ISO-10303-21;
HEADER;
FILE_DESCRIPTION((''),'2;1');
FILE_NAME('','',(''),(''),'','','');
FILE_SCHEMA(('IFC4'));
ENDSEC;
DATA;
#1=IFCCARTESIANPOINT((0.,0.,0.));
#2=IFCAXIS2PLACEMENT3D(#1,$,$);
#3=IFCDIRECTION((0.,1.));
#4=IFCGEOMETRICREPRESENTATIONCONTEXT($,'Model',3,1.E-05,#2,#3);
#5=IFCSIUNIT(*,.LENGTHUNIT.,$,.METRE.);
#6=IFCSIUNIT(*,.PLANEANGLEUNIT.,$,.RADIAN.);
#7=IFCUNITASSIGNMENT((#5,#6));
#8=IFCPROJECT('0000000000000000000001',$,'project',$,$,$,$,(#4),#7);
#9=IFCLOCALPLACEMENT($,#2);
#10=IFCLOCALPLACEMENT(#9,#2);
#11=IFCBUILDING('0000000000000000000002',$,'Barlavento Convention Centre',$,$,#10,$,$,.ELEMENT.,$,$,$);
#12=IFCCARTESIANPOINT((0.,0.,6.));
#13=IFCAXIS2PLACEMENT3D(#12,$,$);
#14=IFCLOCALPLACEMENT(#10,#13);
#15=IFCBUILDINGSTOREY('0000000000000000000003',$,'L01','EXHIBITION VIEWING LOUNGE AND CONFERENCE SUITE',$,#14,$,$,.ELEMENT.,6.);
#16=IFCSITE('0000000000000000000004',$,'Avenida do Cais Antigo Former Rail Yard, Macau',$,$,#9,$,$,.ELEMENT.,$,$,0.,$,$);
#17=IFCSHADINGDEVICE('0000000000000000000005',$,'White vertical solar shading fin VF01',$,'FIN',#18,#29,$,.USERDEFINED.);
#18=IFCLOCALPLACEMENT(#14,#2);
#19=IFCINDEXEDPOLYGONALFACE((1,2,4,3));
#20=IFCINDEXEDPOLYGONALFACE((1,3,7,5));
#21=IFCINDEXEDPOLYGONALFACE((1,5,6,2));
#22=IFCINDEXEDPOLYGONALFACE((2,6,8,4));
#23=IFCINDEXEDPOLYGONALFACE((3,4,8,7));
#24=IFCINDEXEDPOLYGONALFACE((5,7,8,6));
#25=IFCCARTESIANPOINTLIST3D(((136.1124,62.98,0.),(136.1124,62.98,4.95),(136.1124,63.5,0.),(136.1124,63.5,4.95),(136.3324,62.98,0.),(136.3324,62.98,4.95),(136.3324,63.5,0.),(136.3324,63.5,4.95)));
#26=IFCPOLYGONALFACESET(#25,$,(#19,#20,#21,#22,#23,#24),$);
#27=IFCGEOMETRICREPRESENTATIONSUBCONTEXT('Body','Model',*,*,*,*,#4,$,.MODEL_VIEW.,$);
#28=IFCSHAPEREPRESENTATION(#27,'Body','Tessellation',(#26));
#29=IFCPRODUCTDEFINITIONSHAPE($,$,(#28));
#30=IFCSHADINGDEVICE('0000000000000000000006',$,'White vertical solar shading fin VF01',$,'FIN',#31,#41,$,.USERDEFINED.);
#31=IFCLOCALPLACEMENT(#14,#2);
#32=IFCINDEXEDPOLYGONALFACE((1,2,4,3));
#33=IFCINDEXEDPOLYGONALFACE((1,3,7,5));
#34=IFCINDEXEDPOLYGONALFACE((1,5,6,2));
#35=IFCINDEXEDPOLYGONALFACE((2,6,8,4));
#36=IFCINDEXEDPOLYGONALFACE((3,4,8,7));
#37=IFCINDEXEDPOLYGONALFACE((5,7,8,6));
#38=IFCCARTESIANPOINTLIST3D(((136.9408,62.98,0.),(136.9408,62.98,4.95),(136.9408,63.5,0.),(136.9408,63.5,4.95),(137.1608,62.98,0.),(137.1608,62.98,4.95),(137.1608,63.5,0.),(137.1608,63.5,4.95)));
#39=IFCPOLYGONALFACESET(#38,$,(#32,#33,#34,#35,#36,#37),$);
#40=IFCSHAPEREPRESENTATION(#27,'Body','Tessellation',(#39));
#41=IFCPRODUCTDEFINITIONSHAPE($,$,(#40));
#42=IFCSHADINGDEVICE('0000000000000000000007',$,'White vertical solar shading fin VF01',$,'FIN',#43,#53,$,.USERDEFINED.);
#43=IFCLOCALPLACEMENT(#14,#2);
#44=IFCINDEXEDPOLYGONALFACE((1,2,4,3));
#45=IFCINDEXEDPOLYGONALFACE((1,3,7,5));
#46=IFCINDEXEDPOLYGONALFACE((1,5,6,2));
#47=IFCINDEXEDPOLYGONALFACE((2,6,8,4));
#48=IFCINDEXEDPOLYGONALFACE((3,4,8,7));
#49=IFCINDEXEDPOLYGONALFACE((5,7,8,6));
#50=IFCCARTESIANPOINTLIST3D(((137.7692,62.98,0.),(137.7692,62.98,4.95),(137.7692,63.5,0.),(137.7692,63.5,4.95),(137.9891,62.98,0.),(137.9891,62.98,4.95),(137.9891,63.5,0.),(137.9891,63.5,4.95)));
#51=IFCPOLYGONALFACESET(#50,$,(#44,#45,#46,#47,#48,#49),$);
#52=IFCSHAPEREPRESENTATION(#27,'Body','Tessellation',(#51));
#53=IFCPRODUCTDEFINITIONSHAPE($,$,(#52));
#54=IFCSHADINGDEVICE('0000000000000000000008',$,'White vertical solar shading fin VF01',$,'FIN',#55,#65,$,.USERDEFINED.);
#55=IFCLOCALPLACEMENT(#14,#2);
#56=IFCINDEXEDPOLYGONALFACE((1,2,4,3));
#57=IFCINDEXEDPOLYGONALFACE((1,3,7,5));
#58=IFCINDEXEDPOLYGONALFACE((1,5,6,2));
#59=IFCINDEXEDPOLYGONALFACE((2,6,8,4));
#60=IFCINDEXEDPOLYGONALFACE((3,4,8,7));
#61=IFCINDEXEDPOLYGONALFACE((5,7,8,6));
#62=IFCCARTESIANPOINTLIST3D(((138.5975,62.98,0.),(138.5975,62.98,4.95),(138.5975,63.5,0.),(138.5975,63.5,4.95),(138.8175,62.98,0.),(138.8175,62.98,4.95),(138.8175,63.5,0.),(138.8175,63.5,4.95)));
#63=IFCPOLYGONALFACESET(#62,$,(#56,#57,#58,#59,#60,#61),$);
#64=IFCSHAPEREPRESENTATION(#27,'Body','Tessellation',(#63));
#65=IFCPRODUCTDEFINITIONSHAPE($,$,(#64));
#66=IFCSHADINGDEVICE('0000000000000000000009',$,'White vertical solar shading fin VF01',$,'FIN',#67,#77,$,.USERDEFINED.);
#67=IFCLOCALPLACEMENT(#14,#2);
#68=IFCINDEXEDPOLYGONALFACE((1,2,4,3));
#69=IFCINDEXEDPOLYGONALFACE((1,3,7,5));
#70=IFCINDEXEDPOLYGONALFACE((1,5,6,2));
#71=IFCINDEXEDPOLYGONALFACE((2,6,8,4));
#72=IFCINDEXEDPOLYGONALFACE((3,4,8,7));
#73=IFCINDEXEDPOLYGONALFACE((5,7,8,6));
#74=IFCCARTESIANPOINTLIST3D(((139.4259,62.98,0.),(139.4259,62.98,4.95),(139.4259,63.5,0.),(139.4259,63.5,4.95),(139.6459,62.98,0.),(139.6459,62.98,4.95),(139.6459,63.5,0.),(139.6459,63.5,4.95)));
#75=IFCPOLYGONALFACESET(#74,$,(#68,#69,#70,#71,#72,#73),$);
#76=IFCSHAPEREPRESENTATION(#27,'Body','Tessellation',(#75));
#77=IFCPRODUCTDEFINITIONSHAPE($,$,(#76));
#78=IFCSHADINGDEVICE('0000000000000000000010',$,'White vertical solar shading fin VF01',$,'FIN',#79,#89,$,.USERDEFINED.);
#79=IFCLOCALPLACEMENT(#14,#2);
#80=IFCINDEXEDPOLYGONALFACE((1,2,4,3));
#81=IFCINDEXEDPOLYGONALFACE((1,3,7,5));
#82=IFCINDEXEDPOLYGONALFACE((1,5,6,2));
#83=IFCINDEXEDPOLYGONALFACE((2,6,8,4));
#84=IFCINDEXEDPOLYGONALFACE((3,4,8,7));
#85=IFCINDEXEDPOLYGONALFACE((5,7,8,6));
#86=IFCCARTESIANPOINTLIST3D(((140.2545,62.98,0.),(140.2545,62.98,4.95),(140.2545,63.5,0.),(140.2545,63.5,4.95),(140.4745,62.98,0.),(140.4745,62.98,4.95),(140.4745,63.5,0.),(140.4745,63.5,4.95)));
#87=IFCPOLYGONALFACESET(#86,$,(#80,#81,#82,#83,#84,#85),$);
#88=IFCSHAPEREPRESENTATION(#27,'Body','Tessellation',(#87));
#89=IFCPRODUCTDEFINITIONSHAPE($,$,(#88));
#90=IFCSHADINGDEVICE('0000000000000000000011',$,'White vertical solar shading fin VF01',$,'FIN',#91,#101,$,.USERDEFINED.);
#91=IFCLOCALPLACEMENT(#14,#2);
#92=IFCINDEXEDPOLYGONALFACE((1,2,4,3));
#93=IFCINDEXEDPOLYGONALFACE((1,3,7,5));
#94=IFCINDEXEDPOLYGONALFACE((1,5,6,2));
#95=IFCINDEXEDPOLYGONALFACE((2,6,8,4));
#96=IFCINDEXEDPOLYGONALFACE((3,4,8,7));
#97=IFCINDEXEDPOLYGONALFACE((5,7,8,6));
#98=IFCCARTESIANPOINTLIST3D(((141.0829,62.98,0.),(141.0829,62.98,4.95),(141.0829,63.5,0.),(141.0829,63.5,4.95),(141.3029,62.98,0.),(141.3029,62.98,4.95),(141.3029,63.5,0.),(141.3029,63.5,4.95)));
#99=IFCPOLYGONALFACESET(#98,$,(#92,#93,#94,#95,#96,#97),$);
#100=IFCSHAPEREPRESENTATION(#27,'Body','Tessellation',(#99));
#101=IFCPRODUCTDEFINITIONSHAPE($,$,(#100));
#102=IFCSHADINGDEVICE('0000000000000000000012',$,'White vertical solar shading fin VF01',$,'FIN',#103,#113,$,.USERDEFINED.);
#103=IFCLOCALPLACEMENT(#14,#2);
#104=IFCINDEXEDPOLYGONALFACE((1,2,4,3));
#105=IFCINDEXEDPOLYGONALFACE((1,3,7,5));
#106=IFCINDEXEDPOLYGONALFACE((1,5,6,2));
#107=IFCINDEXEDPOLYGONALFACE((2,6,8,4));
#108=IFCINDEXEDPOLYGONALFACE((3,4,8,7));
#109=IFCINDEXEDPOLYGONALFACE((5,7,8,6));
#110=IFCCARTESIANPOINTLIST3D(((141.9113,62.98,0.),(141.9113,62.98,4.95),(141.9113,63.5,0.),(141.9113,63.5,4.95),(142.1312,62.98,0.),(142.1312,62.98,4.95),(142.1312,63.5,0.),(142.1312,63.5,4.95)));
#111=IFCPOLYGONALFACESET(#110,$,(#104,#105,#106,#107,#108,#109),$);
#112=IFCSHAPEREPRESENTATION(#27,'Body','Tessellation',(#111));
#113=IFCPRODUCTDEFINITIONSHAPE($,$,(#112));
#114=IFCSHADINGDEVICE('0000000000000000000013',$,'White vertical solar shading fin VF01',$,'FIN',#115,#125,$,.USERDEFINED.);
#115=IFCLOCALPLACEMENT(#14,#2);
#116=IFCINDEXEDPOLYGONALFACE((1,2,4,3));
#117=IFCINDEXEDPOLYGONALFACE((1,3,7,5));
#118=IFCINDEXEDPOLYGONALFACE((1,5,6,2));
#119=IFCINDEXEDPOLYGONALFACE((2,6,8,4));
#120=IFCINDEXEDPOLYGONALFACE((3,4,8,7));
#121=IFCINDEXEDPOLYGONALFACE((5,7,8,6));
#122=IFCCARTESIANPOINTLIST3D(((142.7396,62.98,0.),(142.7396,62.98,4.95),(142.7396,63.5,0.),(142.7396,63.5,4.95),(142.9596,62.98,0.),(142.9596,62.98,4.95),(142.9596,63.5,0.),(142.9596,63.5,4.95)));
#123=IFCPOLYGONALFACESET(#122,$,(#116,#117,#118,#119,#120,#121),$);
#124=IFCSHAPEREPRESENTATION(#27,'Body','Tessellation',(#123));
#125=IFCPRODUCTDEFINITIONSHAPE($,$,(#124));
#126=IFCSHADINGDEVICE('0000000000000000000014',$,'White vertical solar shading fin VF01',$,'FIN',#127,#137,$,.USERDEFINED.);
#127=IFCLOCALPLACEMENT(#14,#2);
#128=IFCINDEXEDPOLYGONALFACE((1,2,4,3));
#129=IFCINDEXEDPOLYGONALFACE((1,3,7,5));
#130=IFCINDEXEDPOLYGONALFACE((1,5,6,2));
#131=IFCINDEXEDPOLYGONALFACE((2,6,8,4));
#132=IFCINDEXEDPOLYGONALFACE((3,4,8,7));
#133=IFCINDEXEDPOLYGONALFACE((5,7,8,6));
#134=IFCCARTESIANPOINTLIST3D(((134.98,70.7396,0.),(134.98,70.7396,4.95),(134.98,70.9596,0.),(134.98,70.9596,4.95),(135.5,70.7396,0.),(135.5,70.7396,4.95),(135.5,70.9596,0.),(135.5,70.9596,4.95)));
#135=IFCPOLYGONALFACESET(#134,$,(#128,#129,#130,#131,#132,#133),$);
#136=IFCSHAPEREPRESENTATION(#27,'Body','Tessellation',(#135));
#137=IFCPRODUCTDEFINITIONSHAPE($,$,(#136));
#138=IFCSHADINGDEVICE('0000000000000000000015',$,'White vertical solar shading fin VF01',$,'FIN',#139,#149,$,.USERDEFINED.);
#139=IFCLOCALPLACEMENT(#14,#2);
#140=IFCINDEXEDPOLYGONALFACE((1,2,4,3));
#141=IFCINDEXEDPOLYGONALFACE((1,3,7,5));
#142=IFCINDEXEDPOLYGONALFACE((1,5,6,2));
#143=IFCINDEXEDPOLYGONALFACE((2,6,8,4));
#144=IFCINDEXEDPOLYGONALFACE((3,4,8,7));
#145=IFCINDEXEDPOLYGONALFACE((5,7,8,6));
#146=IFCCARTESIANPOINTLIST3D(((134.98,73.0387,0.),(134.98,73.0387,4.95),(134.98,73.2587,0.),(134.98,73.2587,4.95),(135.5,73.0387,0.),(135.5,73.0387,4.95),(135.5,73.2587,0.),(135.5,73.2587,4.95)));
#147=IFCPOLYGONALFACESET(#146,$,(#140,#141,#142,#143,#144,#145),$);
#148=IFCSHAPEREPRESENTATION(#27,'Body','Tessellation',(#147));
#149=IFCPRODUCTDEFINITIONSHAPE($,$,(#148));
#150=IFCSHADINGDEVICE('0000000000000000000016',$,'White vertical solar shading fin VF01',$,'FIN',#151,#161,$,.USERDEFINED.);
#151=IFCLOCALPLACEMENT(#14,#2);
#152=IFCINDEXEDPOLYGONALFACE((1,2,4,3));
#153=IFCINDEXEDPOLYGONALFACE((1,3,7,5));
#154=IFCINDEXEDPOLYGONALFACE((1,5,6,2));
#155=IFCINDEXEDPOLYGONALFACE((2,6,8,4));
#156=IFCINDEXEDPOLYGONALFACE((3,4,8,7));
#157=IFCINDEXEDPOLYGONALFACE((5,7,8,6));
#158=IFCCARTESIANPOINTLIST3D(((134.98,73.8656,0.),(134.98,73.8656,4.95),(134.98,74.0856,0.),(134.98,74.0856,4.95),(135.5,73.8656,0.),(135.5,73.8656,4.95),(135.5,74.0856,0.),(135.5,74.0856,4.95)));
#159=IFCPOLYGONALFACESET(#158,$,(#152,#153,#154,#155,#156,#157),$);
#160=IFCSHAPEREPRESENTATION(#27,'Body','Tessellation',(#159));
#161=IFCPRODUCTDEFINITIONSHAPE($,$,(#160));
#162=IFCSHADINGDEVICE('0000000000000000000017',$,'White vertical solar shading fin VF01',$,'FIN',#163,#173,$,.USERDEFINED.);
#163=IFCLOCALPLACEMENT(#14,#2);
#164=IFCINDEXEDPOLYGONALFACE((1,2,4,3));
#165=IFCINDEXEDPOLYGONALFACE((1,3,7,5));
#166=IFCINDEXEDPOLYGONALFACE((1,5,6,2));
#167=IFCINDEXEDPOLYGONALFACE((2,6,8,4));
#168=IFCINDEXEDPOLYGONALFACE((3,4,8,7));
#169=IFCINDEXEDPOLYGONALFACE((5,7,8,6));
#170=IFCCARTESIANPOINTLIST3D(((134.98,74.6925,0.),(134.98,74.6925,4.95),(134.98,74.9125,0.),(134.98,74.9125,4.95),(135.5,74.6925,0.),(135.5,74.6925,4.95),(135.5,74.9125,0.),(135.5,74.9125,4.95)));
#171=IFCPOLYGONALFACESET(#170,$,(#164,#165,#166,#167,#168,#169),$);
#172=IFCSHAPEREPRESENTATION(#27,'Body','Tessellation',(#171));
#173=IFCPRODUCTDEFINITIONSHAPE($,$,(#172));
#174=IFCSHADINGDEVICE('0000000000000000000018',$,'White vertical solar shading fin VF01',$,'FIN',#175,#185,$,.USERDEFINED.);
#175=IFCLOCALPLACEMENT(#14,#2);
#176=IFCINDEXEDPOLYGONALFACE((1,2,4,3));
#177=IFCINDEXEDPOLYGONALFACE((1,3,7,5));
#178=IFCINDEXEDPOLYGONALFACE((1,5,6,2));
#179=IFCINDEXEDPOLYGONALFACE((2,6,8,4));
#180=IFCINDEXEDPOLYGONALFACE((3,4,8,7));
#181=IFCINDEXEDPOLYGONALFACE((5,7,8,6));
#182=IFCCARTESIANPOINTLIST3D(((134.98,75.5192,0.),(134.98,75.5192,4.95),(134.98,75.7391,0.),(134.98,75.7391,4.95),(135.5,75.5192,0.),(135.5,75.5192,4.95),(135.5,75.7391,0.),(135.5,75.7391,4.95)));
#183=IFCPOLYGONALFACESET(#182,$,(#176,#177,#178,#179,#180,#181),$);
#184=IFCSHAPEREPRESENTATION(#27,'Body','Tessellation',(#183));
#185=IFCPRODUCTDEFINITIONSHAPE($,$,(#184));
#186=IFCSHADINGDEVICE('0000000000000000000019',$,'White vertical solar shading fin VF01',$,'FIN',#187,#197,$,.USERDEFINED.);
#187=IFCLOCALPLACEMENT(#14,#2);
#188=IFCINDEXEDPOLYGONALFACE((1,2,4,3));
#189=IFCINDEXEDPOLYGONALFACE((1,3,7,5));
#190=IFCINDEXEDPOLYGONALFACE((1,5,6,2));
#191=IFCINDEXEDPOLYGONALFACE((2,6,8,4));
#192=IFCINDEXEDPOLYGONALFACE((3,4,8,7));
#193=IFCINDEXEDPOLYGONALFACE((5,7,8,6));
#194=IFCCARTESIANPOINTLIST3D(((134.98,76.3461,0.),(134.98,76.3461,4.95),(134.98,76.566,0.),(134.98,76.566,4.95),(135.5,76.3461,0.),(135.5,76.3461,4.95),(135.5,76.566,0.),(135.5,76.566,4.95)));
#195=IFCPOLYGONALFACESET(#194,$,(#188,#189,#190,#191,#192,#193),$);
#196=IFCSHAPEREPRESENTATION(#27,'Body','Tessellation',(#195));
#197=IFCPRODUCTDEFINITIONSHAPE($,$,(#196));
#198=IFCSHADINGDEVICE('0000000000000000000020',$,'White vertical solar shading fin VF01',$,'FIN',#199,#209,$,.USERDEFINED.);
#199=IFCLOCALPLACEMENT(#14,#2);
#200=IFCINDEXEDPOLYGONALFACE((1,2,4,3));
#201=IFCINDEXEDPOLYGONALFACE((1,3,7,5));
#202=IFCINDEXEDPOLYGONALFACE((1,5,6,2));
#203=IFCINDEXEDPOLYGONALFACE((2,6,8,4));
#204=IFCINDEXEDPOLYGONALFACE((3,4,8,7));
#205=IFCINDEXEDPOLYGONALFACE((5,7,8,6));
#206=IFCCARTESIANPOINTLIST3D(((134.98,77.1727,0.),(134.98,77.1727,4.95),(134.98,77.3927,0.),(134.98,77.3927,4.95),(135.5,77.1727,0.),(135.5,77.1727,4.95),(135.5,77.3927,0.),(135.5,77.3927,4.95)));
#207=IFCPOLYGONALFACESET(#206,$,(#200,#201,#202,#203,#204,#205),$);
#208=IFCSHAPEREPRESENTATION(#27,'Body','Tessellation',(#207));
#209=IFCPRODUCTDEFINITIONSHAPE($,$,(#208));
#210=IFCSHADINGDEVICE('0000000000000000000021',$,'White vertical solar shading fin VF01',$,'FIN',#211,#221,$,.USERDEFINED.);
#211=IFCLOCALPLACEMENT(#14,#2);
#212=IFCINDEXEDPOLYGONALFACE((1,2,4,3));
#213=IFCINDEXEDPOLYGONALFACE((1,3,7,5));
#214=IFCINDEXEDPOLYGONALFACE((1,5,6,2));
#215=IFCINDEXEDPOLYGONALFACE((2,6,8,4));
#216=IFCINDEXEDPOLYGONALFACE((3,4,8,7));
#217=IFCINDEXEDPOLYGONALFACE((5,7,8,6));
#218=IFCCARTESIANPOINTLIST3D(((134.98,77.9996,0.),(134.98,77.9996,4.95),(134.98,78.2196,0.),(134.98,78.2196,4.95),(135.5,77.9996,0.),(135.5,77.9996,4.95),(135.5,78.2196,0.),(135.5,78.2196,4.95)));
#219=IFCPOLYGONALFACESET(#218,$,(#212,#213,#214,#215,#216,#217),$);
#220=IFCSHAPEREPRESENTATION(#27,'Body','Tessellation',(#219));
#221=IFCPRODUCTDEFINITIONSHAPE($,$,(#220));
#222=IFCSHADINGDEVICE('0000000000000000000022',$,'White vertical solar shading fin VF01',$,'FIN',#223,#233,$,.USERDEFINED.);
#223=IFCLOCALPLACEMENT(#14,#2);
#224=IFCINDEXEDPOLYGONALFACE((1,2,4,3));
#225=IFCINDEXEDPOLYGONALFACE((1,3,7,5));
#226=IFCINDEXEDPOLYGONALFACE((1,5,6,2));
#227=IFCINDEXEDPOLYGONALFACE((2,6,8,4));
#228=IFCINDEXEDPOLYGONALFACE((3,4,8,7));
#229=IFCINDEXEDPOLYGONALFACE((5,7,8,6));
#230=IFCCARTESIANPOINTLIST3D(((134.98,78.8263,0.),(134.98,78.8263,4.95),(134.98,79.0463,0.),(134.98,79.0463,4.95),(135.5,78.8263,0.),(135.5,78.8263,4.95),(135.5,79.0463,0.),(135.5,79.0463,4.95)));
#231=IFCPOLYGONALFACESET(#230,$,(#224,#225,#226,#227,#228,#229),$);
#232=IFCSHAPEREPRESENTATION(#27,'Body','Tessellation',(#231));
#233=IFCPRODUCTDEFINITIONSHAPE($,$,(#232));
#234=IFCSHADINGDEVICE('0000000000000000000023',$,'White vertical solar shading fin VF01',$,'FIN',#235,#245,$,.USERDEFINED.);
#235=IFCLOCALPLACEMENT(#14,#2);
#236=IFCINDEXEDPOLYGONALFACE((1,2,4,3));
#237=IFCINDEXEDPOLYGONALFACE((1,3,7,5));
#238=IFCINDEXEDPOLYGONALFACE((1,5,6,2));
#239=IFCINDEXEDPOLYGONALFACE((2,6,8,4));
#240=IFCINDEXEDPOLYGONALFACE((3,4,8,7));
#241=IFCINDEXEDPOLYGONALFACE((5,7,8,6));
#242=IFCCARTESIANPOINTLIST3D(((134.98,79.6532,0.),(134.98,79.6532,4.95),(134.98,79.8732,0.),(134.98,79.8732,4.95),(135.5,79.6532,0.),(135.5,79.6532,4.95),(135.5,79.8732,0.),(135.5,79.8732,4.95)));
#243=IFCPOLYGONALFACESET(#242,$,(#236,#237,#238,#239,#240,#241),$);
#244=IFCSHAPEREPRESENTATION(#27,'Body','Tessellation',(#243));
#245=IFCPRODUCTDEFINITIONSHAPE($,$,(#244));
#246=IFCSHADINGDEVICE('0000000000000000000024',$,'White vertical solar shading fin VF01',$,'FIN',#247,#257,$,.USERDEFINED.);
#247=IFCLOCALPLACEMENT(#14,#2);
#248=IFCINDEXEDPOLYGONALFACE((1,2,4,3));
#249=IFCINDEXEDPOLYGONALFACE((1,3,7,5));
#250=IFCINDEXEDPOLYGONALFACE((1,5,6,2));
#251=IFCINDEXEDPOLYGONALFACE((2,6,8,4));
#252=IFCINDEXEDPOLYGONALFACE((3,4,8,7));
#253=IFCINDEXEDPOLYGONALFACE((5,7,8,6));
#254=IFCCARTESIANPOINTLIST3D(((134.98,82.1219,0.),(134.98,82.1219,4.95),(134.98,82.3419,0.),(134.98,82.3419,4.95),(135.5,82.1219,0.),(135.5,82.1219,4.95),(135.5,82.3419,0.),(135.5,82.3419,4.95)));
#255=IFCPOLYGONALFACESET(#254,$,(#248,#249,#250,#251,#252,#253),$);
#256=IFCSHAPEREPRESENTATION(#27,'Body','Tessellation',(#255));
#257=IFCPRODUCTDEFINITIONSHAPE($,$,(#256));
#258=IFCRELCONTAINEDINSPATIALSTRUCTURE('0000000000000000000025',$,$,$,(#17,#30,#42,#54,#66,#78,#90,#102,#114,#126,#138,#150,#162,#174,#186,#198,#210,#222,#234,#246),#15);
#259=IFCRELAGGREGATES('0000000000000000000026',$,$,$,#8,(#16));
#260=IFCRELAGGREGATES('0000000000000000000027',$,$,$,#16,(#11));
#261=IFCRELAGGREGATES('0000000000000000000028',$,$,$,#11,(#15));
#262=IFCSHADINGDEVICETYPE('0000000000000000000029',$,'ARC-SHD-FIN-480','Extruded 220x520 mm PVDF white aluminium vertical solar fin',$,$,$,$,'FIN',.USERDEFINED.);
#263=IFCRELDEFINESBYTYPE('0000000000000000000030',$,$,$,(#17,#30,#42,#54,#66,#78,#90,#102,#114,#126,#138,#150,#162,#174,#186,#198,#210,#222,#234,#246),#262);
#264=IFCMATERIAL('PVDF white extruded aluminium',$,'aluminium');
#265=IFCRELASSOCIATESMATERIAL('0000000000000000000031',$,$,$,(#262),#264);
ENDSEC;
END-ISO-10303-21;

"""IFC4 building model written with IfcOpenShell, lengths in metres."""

from ifc_helpers import new_model, si_unit, direction, frame, origin, origin_2d, place, context, subcontext, project, spatial, rectangle, extrude, material, type_object, element, save


model = new_model("IFC4")

# Units and contexts
model_context = context("Model", 3, precision=1e-05, world=origin(), true_north=direction((0.0, 1.0)))
body_context = subcontext(model_context, "Body", "Model", "MODEL_VIEW")
ifc_project = project(units=[si_unit("LENGTHUNIT", "METRE"), si_unit("PLANEANGLEUNIT", "RADIAN")], contexts=[model_context])

# Site, building, storey
site_placement = place(None, origin())
site = spatial("IfcSite", under=ifc_project, at=site_placement, Name="Avenida do Cais Antigo Former Rail Yard, Macau", CompositionType="ELEMENT", RefElevation=0.0)
building_placement = place(site_placement, origin())
building = spatial("IfcBuilding", under=site, at=building_placement, Name="Barlavento Convention Centre", CompositionType="ELEMENT")
storey_placement = place(building_placement, frame((0.0, 0.0, 6.0)))
storey = spatial("IfcBuildingStorey", under=building, at=storey_placement, Name="L01", Description="EXHIBITION VIEWING LOUNGE AND CONFERENCE SUITE", CompositionType="ELEMENT", Elevation=6.0)

# Shading devices
ifc_material = material(Name="PVDF white extruded aluminium", Category="aluminium")
shading_device_type = type_object("IfcShadingDeviceType", Name="ARC-SHD-FIN-480", Description="Extruded 220x520 mm PVDF white aluminium vertical solar fin", ElementType="FIN", PredefinedType="USERDEFINED", material=ifc_material)
for number, where, z_axis, x_axis, name in (
    (1, (136.2224, 63.24, 0.0), (0.0, 0.0, 1.0), (1.0, 0.0, 0.0), "White vertical solar shading fin VF01"),
    (2, (137.0508, 63.24, 0.0), (0.0, 0.0, 1.0), (1.0, 0.0, 0.0), "White vertical solar shading fin VF01"),
    (3, (137.8792, 63.24, 0.0), (0.0, 0.0, 1.0), (1.0, 0.0, 0.0), "White vertical solar shading fin VF01"),
    (4, (138.7075, 63.24, 0.0), (0.0, 0.0, 1.0), (1.0, 0.0, 0.0), "White vertical solar shading fin VF01"),
    (5, (139.5359, 63.24, 0.0), (0.0, 0.0, 1.0), (1.0, 0.0, 0.0), "White vertical solar shading fin VF01"),
    (6, (140.3645, 63.24, 0.0), (0.0, 0.0, 1.0), (1.0, 0.0, 0.0), "White vertical solar shading fin VF01"),
    (7, (141.1929, 63.24, 0.0), (0.0, 0.0, 1.0), (1.0, 0.0, 0.0), "White vertical solar shading fin VF01"),
    (8, (142.0212, 63.24, 0.0), (0.0, 0.0, 1.0), (1.0, 0.0, 0.0), "White vertical solar shading fin VF01"),
    (9, (142.8496, 63.24, 0.0), (0.0, 0.0, 1.0), (1.0, 0.0, 0.0), "White vertical solar shading fin VF01"),
    (10, (135.24, 70.8496, 0.0), (0.0, 0.0, 1.0), (0.0, 1.0, 0.0), "White vertical solar shading fin VF01"),
    (11, (135.24, 73.1487, 0.0), (0.0, 0.0, 1.0), (0.0, 1.0, 0.0), "White vertical solar shading fin VF01"),
    (12, (135.24, 73.9756, 0.0), (0.0, 0.0, 1.0), (0.0, 1.0, 0.0), "White vertical solar shading fin VF01"),
    (13, (135.24, 74.8025, 0.0), (0.0, 0.0, 1.0), (0.0, 1.0, 0.0), "White vertical solar shading fin VF01"),
    (14, (135.24, 75.6292, 0.0), (0.0, 0.0, 1.0), (0.0, 1.0, 0.0), "White vertical solar shading fin VF01"),
    (15, (135.24, 76.4561, 0.0), (0.0, 0.0, 1.0), (0.0, 1.0, 0.0), "White vertical solar shading fin VF01"),
    (16, (135.24, 77.2827, 0.0), (0.0, 0.0, 1.0), (0.0, 1.0, 0.0), "White vertical solar shading fin VF01"),
    (17, (135.24, 78.1096, 0.0), (0.0, 0.0, 1.0), (0.0, 1.0, 0.0), "White vertical solar shading fin VF01"),
    (18, (135.24, 78.9363, 0.0), (0.0, 0.0, 1.0), (0.0, 1.0, 0.0), "White vertical solar shading fin VF01"),
    (19, (135.24, 79.7632, 0.0), (0.0, 0.0, 1.0), (0.0, 1.0, 0.0), "White vertical solar shading fin VF01"),
    (20, (135.24, 82.2319, 0.0), (0.0, 0.0, 1.0), (0.0, 1.0, 0.0), "White vertical solar shading fin VF01"),
):
    element("IfcShadingDevice", number, at=place(storey_placement, frame(where, z_axis=z_axis, x_axis=x_axis)), inside=storey, type_object=shading_device_type, Name=name, ObjectType="FIN", PredefinedType="USERDEFINED", context=body_context, shape_type="SweptSolid", body=[
        extrude(rectangle(XDim=0.22, YDim=0.52, at=origin_2d()), origin(), (0.0, 0.0, 1.0), 4.95),
    ])

save(model, "model.ifc")
